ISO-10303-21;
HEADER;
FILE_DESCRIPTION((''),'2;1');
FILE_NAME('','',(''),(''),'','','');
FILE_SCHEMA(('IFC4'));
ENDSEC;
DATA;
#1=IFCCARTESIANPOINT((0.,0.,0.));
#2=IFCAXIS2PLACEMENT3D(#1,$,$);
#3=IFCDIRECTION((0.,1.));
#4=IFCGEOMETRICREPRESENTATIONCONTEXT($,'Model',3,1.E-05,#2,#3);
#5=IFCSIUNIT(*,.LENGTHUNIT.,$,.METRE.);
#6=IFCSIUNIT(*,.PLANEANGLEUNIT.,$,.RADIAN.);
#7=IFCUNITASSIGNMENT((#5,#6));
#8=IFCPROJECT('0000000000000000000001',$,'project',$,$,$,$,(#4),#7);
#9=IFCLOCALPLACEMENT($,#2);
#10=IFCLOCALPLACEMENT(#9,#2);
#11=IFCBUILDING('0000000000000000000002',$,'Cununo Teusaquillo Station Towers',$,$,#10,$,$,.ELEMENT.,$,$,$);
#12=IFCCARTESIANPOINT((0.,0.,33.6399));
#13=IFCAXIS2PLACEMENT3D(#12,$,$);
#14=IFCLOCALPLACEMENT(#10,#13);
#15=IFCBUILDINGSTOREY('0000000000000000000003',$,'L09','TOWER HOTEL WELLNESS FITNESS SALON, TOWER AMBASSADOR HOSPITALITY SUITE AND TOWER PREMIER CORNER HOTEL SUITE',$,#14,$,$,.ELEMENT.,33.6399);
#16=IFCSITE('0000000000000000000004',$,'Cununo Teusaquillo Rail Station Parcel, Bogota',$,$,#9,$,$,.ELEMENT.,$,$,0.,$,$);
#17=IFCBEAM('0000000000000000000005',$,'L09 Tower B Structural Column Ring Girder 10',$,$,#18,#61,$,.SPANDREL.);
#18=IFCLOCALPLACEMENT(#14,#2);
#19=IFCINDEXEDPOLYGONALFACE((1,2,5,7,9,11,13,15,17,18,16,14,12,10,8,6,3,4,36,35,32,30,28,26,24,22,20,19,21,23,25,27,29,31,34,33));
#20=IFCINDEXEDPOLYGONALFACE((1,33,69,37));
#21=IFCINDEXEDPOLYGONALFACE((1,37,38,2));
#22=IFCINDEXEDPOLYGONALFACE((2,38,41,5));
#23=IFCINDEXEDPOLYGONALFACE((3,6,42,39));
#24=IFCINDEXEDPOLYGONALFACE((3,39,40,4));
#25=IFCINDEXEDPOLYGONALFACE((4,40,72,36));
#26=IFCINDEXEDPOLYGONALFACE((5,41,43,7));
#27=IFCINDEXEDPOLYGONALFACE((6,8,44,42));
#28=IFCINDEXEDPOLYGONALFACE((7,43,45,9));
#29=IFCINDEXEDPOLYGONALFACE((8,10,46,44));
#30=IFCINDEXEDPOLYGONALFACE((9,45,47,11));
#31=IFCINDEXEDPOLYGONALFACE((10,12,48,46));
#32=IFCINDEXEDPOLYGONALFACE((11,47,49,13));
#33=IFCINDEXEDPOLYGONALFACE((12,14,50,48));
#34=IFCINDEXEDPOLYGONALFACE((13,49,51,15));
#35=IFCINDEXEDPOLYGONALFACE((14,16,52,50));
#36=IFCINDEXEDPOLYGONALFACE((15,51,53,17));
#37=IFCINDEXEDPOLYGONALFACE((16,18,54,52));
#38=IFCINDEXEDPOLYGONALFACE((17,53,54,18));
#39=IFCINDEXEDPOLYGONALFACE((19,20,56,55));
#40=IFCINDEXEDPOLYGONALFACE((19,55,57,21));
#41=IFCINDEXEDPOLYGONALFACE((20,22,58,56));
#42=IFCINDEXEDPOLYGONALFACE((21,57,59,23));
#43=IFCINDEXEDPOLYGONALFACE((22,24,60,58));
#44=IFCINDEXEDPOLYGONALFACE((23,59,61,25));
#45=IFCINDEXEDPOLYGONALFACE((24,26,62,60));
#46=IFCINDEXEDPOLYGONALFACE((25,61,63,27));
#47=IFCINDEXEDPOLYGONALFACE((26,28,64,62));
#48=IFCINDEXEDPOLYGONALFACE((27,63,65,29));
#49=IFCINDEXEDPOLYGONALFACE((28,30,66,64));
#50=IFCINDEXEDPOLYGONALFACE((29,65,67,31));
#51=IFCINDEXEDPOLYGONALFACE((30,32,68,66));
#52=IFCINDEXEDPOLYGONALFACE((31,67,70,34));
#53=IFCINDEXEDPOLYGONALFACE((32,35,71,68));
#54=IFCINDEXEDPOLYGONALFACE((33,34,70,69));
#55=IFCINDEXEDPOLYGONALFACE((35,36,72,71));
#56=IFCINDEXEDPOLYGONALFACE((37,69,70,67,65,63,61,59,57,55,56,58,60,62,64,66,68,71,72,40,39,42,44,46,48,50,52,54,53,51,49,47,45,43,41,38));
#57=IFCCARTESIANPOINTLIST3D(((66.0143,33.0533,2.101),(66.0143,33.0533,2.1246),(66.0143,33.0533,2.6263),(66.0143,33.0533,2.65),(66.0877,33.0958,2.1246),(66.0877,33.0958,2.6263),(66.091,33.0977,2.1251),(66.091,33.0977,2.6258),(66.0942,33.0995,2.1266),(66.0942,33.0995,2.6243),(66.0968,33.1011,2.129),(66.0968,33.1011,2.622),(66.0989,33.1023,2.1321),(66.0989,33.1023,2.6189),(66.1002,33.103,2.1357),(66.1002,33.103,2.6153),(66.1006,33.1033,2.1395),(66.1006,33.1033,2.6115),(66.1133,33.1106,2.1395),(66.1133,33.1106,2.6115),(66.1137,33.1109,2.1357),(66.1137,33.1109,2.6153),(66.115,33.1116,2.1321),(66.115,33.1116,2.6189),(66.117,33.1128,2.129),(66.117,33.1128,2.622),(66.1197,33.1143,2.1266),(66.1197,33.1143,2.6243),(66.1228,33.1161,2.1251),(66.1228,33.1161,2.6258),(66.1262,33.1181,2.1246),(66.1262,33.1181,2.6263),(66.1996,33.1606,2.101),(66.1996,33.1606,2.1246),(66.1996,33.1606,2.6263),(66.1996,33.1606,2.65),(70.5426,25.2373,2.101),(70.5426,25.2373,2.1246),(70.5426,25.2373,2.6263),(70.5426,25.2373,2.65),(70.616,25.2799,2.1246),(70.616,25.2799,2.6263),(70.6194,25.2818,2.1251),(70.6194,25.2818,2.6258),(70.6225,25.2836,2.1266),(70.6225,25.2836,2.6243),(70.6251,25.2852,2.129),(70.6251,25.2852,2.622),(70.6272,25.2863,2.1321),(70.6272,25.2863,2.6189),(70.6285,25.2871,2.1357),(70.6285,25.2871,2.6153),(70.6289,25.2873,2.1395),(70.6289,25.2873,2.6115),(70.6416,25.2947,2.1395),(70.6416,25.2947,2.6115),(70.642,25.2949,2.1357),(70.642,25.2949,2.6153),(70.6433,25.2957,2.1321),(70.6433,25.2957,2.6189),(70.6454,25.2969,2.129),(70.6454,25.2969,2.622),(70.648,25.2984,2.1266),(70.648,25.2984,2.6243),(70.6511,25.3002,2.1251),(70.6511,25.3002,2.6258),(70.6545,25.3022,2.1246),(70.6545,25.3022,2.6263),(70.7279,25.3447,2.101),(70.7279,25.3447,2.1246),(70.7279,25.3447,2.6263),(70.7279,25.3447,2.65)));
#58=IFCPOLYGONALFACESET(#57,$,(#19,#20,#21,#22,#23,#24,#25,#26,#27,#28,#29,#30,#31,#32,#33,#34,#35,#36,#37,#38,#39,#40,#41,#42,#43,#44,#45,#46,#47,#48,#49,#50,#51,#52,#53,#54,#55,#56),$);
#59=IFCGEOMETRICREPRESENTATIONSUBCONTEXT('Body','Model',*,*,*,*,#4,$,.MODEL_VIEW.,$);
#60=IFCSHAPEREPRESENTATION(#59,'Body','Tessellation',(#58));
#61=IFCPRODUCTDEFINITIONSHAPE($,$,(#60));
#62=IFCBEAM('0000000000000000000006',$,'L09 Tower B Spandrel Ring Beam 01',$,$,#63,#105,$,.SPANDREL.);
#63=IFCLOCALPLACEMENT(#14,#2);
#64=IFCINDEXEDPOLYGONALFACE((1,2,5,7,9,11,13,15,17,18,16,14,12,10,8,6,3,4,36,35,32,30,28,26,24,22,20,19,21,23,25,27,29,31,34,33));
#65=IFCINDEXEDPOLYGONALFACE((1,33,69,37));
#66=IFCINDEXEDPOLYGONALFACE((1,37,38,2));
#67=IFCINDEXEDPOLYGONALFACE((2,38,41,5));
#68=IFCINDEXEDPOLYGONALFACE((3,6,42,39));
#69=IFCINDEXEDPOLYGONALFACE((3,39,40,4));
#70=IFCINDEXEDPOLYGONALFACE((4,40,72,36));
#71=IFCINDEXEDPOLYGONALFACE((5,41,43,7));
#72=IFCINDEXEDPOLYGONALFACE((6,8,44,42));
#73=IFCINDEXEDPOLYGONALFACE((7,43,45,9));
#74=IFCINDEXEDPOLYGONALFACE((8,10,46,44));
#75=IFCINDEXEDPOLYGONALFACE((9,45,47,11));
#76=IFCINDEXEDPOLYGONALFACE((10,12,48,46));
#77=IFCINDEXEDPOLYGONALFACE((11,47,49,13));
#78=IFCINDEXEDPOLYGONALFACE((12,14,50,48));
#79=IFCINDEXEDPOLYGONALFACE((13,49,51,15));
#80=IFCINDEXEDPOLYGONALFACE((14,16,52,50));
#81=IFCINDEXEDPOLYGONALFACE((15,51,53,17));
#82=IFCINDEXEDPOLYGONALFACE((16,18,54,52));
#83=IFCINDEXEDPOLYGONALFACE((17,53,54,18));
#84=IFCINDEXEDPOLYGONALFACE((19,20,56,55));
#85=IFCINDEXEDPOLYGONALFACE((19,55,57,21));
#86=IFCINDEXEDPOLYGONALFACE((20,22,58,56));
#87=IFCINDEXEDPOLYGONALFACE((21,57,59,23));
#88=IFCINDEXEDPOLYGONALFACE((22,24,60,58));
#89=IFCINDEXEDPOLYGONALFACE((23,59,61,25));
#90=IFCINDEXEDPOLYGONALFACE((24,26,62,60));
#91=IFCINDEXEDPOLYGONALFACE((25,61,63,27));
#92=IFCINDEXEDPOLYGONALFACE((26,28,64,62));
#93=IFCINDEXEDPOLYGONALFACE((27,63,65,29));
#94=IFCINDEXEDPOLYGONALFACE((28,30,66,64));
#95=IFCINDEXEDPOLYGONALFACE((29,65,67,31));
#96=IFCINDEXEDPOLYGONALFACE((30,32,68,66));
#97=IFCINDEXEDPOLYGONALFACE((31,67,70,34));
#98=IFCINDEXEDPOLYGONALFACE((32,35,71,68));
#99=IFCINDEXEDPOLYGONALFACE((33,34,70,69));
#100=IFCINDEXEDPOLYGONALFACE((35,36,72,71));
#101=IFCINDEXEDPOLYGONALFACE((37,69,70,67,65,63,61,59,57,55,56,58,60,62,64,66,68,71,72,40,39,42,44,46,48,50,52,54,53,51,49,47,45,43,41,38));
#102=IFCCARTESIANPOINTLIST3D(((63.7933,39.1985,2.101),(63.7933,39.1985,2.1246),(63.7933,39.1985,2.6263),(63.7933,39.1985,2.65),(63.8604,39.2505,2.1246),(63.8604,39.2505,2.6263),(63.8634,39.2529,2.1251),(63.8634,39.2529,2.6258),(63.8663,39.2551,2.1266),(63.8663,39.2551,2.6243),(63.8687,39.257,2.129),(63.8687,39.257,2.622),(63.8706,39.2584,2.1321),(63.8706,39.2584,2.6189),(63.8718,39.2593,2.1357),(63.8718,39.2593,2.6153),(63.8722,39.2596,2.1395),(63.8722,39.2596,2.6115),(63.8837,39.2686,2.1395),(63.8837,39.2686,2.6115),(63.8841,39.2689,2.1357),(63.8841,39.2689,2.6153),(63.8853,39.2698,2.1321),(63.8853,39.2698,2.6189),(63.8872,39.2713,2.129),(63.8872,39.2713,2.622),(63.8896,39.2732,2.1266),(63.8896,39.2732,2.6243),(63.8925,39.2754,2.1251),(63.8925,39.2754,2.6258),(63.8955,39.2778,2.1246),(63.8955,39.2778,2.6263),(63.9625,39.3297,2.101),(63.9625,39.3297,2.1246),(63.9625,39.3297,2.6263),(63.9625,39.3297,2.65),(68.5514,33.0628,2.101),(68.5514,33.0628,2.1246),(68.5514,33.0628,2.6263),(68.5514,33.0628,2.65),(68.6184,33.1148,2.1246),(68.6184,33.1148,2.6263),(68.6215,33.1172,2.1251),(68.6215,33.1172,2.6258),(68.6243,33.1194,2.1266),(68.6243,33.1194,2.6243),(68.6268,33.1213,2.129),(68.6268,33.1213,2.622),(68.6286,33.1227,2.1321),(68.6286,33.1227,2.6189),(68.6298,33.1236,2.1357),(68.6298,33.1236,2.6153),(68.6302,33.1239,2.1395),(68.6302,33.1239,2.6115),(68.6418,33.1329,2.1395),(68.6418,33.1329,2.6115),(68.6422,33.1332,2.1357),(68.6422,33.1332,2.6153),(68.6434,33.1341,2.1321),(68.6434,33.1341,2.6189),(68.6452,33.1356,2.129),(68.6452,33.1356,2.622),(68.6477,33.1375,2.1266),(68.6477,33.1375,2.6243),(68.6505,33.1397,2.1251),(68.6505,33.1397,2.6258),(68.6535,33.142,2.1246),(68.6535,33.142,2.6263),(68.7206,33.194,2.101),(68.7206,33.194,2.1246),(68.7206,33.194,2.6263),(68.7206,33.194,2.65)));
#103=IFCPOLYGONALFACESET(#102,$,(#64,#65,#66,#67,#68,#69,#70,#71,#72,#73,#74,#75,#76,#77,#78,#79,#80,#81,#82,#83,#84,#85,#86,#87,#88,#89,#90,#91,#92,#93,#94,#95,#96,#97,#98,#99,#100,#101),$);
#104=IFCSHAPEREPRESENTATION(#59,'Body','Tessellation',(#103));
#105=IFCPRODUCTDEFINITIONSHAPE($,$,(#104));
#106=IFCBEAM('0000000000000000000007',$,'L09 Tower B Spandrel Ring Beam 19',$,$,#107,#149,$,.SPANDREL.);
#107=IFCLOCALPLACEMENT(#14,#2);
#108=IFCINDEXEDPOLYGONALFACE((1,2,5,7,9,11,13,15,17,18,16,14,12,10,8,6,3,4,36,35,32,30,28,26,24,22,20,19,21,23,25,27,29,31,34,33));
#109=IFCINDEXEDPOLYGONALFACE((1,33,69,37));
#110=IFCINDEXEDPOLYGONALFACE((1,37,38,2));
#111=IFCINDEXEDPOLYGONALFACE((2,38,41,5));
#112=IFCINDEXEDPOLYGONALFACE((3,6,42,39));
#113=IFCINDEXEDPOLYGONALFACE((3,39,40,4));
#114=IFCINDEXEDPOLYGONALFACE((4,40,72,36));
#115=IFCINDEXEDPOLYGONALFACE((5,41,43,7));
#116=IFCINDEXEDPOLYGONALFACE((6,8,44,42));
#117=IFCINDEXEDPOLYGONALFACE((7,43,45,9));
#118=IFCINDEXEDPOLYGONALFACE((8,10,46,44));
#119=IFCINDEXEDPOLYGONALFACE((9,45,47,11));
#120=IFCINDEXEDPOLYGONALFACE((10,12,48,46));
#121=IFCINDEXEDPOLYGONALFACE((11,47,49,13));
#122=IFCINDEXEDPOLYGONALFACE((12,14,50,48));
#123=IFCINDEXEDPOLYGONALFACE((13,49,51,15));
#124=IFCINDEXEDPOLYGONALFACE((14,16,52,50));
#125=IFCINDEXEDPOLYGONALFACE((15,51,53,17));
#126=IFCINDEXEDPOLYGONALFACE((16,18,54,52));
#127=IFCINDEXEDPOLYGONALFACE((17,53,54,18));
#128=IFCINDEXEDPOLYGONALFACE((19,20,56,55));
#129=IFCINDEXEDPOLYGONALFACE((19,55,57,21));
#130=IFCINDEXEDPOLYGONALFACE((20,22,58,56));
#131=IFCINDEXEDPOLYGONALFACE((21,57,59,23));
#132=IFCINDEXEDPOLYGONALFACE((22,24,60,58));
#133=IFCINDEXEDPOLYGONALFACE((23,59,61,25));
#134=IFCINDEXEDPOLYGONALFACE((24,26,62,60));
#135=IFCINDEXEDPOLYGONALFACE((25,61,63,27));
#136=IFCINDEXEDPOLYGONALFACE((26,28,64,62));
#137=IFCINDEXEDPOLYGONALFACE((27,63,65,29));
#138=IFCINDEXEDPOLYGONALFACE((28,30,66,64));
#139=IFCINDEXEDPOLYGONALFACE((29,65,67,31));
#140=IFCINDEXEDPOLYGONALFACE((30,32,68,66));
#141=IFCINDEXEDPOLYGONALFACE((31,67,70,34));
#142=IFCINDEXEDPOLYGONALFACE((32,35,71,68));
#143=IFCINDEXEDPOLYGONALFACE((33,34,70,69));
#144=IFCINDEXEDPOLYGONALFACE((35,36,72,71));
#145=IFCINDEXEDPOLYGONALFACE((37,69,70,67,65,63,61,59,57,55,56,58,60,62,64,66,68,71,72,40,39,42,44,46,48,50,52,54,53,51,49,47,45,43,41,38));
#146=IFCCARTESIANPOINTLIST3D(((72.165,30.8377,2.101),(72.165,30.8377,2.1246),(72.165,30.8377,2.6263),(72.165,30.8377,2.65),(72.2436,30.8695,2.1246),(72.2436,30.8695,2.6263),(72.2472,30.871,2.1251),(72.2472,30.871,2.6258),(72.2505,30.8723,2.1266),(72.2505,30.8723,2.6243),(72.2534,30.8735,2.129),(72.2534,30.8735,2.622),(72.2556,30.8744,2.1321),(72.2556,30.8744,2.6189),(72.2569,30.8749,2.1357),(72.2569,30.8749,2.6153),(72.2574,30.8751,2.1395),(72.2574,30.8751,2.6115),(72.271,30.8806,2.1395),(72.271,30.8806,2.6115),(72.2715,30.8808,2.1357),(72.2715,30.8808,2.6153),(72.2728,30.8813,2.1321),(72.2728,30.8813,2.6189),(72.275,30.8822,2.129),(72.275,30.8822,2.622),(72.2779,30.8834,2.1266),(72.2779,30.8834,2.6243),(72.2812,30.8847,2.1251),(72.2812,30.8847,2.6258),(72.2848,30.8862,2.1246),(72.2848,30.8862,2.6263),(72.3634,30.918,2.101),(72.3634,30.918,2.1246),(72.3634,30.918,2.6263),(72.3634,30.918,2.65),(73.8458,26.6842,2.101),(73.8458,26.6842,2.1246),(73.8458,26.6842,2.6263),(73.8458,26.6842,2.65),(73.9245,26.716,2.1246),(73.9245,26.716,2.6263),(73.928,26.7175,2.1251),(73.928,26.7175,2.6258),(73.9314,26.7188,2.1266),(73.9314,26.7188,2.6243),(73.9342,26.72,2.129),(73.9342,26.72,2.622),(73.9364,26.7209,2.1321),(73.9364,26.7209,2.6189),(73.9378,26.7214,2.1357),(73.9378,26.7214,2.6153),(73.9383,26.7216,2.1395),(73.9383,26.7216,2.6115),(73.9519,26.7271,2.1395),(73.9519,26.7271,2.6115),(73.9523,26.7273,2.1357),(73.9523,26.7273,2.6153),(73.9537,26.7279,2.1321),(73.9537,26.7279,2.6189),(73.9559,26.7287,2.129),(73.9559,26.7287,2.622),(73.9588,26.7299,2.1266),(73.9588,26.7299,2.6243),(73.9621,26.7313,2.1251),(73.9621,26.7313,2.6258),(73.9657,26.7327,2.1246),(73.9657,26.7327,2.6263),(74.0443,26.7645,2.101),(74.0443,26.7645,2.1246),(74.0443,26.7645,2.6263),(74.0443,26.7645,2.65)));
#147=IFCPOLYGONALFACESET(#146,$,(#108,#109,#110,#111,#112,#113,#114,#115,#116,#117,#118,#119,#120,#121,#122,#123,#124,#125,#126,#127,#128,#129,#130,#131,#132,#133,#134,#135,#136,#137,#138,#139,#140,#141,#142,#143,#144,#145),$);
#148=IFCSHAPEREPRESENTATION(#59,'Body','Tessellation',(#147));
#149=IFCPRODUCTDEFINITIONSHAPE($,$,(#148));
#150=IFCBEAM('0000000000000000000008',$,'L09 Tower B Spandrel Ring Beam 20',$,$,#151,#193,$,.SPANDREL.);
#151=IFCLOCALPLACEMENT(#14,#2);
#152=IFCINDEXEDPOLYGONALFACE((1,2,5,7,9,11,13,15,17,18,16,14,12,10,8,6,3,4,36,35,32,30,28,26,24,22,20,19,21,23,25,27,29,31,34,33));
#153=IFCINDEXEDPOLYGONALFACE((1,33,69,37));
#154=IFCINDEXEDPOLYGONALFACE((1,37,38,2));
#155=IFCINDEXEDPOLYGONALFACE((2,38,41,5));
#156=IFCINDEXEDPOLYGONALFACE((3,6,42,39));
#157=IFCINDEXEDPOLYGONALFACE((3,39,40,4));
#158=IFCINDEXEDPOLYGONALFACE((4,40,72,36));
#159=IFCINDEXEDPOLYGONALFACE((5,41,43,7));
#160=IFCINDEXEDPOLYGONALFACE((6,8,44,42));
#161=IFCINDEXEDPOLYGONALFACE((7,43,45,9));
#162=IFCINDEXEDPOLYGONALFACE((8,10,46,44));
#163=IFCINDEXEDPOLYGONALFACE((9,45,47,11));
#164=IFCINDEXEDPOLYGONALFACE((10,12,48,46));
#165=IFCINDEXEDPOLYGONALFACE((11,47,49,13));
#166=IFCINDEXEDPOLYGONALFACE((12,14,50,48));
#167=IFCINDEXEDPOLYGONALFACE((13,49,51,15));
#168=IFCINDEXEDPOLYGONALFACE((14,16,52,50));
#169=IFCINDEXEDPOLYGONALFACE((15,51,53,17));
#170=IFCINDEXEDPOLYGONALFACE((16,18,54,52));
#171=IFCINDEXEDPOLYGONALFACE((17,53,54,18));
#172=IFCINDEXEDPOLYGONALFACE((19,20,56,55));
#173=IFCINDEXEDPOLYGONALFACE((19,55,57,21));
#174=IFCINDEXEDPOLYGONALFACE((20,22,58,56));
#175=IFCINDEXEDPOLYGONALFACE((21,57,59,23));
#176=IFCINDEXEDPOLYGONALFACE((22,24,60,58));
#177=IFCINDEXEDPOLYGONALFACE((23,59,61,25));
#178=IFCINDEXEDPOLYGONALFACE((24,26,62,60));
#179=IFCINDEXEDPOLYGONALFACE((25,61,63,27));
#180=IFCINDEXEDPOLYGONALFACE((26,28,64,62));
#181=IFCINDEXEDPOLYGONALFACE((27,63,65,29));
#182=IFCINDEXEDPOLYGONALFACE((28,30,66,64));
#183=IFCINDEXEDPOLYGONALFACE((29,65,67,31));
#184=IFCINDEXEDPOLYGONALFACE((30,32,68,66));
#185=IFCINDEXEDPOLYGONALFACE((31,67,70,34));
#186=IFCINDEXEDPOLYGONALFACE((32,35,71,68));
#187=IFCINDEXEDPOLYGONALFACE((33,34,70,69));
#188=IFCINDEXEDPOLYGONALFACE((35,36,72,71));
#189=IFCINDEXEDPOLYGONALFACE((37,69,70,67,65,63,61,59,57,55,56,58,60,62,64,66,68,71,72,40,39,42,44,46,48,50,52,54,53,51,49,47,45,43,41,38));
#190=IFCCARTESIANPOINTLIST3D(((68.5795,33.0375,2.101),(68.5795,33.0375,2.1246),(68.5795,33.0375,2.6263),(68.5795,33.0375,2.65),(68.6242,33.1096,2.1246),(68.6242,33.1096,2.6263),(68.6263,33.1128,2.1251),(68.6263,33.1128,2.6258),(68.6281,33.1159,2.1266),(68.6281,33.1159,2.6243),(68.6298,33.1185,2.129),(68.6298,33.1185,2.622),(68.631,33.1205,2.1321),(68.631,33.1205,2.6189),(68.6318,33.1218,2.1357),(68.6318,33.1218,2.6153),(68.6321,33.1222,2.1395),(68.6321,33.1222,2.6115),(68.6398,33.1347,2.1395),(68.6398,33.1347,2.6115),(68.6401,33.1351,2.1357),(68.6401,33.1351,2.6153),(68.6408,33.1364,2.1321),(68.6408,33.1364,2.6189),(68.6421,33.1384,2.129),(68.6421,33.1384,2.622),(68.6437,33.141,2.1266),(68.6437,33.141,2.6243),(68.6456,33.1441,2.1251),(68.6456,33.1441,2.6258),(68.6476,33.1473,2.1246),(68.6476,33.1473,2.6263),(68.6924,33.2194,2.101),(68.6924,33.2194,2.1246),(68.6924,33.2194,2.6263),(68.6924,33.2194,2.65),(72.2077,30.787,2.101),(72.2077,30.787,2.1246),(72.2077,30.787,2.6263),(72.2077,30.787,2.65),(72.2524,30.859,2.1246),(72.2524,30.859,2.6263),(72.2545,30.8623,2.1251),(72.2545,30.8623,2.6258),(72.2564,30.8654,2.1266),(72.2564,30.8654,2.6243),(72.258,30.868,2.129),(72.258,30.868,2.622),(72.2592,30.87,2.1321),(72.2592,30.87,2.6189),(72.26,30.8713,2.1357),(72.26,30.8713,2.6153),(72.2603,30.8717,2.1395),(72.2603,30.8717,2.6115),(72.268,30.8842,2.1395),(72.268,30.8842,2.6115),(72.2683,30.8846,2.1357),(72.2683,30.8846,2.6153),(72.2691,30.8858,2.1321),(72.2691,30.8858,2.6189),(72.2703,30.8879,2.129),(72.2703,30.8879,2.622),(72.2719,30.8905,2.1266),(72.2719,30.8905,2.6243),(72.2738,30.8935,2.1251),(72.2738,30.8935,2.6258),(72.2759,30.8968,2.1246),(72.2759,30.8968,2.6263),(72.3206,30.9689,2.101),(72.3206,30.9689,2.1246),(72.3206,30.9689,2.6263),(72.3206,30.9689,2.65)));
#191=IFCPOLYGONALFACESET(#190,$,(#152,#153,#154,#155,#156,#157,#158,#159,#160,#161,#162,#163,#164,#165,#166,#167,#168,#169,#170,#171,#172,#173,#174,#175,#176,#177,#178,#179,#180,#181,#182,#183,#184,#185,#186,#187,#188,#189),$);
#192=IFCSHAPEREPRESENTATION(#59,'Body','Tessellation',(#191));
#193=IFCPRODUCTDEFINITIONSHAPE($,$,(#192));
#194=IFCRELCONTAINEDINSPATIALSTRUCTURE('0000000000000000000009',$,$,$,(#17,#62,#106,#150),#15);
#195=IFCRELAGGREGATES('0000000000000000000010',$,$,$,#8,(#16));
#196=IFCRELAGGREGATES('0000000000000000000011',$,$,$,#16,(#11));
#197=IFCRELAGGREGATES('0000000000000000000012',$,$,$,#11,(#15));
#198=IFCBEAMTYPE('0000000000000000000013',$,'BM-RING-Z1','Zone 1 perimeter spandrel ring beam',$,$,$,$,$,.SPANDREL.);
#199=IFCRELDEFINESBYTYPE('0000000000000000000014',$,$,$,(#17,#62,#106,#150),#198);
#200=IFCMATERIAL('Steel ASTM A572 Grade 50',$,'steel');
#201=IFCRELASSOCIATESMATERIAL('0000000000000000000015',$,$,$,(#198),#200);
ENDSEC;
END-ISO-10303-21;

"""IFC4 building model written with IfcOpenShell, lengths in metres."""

from ifc_helpers import new_model, si_unit, direction, frame, origin, origin_2d, place, context, subcontext, project, spatial, i_section, extrude, material, material_profile, profile_set, type_object, element, save


model = new_model("IFC4")

# Units and contexts
model_context = context("Model", 3, precision=1e-05, world=origin(), true_north=direction((0.0, 1.0)))
body_context = subcontext(model_context, "Body", "Model", "MODEL_VIEW")
ifc_project = project(units=[si_unit("LENGTHUNIT", "METRE"), si_unit("PLANEANGLEUNIT", "RADIAN")], contexts=[model_context])

# Site, building, storey
site_placement = place(None, origin())
site = spatial("IfcSite", under=ifc_project, at=site_placement, Name="Cununo Teusaquillo Rail Station Parcel, Bogota", CompositionType="ELEMENT", RefElevation=0.0)
building_placement = place(site_placement, origin())
building = spatial("IfcBuilding", under=site, at=building_placement, Name="Cununo Teusaquillo Station Towers", CompositionType="ELEMENT")
storey_placement = place(building_placement, frame((0.0, 0.0, 33.6399)))
storey = spatial("IfcBuildingStorey", under=building, at=storey_placement, Name="L09", Description="TOWER HOTEL WELLNESS FITNESS SALON, TOWER AMBASSADOR HOSPITALITY SUITE AND TOWER PREMIER CORNER HOTEL SUITE", CompositionType="ELEMENT", Elevation=33.6399)

# Beams
ifc_material_1 = material(Name="Steel ASTM A572 Grade 50", Category="steel")
ifc_material_profile_1 = material_profile(ifc_material_1, i_section(OverallWidth=0.2141, OverallDepth=0.5491, WebThickness=0.0146, FlangeThickness=0.0237, FilletRadius=0.0149, at=origin_2d()), Name="W21X93")
ifc_profile_set_1 = profile_set([ifc_material_profile_1], Name="Steel ASTM A572 Grade 50")
beam_type = type_object("IfcBeamType", Name="BM-RING-Z1", Description="Zone 1 perimeter spandrel ring beam", PredefinedType="SPANDREL", material=ifc_profile_set_1)
for number, where, z_axis, x_axis, name in (
    (1, (70.6353, 25.291, 2.3755), (-0.501311, 0.865267, 0.0), (-0.865267, -0.501311, 0.0), "L09 Tower B Structural Column Ring Girder 10"),
):
    element("IfcBeam", number, at=place(storey_placement, frame(where, z_axis=z_axis, x_axis=x_axis)), inside=storey, type_object=beam_type, Name=name, PredefinedType="SPANDREL", context=body_context, shape_type="SweptSolid", body=[
        extrude(i_section(OverallWidth=0.2141, OverallDepth=0.5491, WebThickness=0.0146, FlangeThickness=0.0237, FilletRadius=0.0149, at=origin_2d()), origin(), (0.0, 0.0, 1.0), 9.033),
    ])
beam_1_placement = place(storey_placement, frame((68.636, 33.1284, 2.3755), z_axis=(-0.612801, 0.790237, 0.0), x_axis=(-0.790237, -0.612801, 0.0)))
element("IfcBeam", 2, at=beam_1_placement, inside=storey, type_object=beam_type, Name="L09 Tower B Spandrel Ring Beam 01", PredefinedType="SPANDREL", context=body_context, shape_type="SweptSolid", body=[
    extrude(i_section(OverallWidth=0.2141, OverallDepth=0.5491, WebThickness=0.0146, FlangeThickness=0.0237, FilletRadius=0.0149, at=origin_2d()), origin(), (0.0, 0.0, 1.0), 7.7644),
])
beam_2_placement = place(storey_placement, frame((73.9451, 26.7244, 2.3755), z_axis=(-0.375136, 0.92697, 0.0), x_axis=(-0.92697, -0.375136, 0.0)))
element("IfcBeam", 3, at=beam_2_placement, inside=storey, type_object=beam_type, Name="L09 Tower B Spandrel Ring Beam 19", PredefinedType="SPANDREL", context=body_context, shape_type="SweptSolid", body=[
    extrude(i_section(OverallWidth=0.2141, OverallDepth=0.5491, WebThickness=0.0146, FlangeThickness=0.0237, FilletRadius=0.0149, at=origin_2d()), origin(), (0.0, 0.0, 1.0), 4.4807),
])
beam_3_placement = place(storey_placement, frame((72.2642, 30.8779, 2.3755), z_axis=(-0.849796, 0.527112, 0.0), x_axis=(-0.527112, -0.849796, 0.0)))
element("IfcBeam", 4, at=beam_3_placement, inside=storey, type_object=beam_type, Name="L09 Tower B Spandrel Ring Beam 20", PredefinedType="SPANDREL", context=body_context, shape_type="SweptSolid", body=[
    extrude(i_section(OverallWidth=0.2141, OverallDepth=0.5491, WebThickness=0.0146, FlangeThickness=0.0237, FilletRadius=0.0149, at=origin_2d()), origin(), (0.0, 0.0, 1.0), 4.2695),
])

save(model, "model.ifc")
